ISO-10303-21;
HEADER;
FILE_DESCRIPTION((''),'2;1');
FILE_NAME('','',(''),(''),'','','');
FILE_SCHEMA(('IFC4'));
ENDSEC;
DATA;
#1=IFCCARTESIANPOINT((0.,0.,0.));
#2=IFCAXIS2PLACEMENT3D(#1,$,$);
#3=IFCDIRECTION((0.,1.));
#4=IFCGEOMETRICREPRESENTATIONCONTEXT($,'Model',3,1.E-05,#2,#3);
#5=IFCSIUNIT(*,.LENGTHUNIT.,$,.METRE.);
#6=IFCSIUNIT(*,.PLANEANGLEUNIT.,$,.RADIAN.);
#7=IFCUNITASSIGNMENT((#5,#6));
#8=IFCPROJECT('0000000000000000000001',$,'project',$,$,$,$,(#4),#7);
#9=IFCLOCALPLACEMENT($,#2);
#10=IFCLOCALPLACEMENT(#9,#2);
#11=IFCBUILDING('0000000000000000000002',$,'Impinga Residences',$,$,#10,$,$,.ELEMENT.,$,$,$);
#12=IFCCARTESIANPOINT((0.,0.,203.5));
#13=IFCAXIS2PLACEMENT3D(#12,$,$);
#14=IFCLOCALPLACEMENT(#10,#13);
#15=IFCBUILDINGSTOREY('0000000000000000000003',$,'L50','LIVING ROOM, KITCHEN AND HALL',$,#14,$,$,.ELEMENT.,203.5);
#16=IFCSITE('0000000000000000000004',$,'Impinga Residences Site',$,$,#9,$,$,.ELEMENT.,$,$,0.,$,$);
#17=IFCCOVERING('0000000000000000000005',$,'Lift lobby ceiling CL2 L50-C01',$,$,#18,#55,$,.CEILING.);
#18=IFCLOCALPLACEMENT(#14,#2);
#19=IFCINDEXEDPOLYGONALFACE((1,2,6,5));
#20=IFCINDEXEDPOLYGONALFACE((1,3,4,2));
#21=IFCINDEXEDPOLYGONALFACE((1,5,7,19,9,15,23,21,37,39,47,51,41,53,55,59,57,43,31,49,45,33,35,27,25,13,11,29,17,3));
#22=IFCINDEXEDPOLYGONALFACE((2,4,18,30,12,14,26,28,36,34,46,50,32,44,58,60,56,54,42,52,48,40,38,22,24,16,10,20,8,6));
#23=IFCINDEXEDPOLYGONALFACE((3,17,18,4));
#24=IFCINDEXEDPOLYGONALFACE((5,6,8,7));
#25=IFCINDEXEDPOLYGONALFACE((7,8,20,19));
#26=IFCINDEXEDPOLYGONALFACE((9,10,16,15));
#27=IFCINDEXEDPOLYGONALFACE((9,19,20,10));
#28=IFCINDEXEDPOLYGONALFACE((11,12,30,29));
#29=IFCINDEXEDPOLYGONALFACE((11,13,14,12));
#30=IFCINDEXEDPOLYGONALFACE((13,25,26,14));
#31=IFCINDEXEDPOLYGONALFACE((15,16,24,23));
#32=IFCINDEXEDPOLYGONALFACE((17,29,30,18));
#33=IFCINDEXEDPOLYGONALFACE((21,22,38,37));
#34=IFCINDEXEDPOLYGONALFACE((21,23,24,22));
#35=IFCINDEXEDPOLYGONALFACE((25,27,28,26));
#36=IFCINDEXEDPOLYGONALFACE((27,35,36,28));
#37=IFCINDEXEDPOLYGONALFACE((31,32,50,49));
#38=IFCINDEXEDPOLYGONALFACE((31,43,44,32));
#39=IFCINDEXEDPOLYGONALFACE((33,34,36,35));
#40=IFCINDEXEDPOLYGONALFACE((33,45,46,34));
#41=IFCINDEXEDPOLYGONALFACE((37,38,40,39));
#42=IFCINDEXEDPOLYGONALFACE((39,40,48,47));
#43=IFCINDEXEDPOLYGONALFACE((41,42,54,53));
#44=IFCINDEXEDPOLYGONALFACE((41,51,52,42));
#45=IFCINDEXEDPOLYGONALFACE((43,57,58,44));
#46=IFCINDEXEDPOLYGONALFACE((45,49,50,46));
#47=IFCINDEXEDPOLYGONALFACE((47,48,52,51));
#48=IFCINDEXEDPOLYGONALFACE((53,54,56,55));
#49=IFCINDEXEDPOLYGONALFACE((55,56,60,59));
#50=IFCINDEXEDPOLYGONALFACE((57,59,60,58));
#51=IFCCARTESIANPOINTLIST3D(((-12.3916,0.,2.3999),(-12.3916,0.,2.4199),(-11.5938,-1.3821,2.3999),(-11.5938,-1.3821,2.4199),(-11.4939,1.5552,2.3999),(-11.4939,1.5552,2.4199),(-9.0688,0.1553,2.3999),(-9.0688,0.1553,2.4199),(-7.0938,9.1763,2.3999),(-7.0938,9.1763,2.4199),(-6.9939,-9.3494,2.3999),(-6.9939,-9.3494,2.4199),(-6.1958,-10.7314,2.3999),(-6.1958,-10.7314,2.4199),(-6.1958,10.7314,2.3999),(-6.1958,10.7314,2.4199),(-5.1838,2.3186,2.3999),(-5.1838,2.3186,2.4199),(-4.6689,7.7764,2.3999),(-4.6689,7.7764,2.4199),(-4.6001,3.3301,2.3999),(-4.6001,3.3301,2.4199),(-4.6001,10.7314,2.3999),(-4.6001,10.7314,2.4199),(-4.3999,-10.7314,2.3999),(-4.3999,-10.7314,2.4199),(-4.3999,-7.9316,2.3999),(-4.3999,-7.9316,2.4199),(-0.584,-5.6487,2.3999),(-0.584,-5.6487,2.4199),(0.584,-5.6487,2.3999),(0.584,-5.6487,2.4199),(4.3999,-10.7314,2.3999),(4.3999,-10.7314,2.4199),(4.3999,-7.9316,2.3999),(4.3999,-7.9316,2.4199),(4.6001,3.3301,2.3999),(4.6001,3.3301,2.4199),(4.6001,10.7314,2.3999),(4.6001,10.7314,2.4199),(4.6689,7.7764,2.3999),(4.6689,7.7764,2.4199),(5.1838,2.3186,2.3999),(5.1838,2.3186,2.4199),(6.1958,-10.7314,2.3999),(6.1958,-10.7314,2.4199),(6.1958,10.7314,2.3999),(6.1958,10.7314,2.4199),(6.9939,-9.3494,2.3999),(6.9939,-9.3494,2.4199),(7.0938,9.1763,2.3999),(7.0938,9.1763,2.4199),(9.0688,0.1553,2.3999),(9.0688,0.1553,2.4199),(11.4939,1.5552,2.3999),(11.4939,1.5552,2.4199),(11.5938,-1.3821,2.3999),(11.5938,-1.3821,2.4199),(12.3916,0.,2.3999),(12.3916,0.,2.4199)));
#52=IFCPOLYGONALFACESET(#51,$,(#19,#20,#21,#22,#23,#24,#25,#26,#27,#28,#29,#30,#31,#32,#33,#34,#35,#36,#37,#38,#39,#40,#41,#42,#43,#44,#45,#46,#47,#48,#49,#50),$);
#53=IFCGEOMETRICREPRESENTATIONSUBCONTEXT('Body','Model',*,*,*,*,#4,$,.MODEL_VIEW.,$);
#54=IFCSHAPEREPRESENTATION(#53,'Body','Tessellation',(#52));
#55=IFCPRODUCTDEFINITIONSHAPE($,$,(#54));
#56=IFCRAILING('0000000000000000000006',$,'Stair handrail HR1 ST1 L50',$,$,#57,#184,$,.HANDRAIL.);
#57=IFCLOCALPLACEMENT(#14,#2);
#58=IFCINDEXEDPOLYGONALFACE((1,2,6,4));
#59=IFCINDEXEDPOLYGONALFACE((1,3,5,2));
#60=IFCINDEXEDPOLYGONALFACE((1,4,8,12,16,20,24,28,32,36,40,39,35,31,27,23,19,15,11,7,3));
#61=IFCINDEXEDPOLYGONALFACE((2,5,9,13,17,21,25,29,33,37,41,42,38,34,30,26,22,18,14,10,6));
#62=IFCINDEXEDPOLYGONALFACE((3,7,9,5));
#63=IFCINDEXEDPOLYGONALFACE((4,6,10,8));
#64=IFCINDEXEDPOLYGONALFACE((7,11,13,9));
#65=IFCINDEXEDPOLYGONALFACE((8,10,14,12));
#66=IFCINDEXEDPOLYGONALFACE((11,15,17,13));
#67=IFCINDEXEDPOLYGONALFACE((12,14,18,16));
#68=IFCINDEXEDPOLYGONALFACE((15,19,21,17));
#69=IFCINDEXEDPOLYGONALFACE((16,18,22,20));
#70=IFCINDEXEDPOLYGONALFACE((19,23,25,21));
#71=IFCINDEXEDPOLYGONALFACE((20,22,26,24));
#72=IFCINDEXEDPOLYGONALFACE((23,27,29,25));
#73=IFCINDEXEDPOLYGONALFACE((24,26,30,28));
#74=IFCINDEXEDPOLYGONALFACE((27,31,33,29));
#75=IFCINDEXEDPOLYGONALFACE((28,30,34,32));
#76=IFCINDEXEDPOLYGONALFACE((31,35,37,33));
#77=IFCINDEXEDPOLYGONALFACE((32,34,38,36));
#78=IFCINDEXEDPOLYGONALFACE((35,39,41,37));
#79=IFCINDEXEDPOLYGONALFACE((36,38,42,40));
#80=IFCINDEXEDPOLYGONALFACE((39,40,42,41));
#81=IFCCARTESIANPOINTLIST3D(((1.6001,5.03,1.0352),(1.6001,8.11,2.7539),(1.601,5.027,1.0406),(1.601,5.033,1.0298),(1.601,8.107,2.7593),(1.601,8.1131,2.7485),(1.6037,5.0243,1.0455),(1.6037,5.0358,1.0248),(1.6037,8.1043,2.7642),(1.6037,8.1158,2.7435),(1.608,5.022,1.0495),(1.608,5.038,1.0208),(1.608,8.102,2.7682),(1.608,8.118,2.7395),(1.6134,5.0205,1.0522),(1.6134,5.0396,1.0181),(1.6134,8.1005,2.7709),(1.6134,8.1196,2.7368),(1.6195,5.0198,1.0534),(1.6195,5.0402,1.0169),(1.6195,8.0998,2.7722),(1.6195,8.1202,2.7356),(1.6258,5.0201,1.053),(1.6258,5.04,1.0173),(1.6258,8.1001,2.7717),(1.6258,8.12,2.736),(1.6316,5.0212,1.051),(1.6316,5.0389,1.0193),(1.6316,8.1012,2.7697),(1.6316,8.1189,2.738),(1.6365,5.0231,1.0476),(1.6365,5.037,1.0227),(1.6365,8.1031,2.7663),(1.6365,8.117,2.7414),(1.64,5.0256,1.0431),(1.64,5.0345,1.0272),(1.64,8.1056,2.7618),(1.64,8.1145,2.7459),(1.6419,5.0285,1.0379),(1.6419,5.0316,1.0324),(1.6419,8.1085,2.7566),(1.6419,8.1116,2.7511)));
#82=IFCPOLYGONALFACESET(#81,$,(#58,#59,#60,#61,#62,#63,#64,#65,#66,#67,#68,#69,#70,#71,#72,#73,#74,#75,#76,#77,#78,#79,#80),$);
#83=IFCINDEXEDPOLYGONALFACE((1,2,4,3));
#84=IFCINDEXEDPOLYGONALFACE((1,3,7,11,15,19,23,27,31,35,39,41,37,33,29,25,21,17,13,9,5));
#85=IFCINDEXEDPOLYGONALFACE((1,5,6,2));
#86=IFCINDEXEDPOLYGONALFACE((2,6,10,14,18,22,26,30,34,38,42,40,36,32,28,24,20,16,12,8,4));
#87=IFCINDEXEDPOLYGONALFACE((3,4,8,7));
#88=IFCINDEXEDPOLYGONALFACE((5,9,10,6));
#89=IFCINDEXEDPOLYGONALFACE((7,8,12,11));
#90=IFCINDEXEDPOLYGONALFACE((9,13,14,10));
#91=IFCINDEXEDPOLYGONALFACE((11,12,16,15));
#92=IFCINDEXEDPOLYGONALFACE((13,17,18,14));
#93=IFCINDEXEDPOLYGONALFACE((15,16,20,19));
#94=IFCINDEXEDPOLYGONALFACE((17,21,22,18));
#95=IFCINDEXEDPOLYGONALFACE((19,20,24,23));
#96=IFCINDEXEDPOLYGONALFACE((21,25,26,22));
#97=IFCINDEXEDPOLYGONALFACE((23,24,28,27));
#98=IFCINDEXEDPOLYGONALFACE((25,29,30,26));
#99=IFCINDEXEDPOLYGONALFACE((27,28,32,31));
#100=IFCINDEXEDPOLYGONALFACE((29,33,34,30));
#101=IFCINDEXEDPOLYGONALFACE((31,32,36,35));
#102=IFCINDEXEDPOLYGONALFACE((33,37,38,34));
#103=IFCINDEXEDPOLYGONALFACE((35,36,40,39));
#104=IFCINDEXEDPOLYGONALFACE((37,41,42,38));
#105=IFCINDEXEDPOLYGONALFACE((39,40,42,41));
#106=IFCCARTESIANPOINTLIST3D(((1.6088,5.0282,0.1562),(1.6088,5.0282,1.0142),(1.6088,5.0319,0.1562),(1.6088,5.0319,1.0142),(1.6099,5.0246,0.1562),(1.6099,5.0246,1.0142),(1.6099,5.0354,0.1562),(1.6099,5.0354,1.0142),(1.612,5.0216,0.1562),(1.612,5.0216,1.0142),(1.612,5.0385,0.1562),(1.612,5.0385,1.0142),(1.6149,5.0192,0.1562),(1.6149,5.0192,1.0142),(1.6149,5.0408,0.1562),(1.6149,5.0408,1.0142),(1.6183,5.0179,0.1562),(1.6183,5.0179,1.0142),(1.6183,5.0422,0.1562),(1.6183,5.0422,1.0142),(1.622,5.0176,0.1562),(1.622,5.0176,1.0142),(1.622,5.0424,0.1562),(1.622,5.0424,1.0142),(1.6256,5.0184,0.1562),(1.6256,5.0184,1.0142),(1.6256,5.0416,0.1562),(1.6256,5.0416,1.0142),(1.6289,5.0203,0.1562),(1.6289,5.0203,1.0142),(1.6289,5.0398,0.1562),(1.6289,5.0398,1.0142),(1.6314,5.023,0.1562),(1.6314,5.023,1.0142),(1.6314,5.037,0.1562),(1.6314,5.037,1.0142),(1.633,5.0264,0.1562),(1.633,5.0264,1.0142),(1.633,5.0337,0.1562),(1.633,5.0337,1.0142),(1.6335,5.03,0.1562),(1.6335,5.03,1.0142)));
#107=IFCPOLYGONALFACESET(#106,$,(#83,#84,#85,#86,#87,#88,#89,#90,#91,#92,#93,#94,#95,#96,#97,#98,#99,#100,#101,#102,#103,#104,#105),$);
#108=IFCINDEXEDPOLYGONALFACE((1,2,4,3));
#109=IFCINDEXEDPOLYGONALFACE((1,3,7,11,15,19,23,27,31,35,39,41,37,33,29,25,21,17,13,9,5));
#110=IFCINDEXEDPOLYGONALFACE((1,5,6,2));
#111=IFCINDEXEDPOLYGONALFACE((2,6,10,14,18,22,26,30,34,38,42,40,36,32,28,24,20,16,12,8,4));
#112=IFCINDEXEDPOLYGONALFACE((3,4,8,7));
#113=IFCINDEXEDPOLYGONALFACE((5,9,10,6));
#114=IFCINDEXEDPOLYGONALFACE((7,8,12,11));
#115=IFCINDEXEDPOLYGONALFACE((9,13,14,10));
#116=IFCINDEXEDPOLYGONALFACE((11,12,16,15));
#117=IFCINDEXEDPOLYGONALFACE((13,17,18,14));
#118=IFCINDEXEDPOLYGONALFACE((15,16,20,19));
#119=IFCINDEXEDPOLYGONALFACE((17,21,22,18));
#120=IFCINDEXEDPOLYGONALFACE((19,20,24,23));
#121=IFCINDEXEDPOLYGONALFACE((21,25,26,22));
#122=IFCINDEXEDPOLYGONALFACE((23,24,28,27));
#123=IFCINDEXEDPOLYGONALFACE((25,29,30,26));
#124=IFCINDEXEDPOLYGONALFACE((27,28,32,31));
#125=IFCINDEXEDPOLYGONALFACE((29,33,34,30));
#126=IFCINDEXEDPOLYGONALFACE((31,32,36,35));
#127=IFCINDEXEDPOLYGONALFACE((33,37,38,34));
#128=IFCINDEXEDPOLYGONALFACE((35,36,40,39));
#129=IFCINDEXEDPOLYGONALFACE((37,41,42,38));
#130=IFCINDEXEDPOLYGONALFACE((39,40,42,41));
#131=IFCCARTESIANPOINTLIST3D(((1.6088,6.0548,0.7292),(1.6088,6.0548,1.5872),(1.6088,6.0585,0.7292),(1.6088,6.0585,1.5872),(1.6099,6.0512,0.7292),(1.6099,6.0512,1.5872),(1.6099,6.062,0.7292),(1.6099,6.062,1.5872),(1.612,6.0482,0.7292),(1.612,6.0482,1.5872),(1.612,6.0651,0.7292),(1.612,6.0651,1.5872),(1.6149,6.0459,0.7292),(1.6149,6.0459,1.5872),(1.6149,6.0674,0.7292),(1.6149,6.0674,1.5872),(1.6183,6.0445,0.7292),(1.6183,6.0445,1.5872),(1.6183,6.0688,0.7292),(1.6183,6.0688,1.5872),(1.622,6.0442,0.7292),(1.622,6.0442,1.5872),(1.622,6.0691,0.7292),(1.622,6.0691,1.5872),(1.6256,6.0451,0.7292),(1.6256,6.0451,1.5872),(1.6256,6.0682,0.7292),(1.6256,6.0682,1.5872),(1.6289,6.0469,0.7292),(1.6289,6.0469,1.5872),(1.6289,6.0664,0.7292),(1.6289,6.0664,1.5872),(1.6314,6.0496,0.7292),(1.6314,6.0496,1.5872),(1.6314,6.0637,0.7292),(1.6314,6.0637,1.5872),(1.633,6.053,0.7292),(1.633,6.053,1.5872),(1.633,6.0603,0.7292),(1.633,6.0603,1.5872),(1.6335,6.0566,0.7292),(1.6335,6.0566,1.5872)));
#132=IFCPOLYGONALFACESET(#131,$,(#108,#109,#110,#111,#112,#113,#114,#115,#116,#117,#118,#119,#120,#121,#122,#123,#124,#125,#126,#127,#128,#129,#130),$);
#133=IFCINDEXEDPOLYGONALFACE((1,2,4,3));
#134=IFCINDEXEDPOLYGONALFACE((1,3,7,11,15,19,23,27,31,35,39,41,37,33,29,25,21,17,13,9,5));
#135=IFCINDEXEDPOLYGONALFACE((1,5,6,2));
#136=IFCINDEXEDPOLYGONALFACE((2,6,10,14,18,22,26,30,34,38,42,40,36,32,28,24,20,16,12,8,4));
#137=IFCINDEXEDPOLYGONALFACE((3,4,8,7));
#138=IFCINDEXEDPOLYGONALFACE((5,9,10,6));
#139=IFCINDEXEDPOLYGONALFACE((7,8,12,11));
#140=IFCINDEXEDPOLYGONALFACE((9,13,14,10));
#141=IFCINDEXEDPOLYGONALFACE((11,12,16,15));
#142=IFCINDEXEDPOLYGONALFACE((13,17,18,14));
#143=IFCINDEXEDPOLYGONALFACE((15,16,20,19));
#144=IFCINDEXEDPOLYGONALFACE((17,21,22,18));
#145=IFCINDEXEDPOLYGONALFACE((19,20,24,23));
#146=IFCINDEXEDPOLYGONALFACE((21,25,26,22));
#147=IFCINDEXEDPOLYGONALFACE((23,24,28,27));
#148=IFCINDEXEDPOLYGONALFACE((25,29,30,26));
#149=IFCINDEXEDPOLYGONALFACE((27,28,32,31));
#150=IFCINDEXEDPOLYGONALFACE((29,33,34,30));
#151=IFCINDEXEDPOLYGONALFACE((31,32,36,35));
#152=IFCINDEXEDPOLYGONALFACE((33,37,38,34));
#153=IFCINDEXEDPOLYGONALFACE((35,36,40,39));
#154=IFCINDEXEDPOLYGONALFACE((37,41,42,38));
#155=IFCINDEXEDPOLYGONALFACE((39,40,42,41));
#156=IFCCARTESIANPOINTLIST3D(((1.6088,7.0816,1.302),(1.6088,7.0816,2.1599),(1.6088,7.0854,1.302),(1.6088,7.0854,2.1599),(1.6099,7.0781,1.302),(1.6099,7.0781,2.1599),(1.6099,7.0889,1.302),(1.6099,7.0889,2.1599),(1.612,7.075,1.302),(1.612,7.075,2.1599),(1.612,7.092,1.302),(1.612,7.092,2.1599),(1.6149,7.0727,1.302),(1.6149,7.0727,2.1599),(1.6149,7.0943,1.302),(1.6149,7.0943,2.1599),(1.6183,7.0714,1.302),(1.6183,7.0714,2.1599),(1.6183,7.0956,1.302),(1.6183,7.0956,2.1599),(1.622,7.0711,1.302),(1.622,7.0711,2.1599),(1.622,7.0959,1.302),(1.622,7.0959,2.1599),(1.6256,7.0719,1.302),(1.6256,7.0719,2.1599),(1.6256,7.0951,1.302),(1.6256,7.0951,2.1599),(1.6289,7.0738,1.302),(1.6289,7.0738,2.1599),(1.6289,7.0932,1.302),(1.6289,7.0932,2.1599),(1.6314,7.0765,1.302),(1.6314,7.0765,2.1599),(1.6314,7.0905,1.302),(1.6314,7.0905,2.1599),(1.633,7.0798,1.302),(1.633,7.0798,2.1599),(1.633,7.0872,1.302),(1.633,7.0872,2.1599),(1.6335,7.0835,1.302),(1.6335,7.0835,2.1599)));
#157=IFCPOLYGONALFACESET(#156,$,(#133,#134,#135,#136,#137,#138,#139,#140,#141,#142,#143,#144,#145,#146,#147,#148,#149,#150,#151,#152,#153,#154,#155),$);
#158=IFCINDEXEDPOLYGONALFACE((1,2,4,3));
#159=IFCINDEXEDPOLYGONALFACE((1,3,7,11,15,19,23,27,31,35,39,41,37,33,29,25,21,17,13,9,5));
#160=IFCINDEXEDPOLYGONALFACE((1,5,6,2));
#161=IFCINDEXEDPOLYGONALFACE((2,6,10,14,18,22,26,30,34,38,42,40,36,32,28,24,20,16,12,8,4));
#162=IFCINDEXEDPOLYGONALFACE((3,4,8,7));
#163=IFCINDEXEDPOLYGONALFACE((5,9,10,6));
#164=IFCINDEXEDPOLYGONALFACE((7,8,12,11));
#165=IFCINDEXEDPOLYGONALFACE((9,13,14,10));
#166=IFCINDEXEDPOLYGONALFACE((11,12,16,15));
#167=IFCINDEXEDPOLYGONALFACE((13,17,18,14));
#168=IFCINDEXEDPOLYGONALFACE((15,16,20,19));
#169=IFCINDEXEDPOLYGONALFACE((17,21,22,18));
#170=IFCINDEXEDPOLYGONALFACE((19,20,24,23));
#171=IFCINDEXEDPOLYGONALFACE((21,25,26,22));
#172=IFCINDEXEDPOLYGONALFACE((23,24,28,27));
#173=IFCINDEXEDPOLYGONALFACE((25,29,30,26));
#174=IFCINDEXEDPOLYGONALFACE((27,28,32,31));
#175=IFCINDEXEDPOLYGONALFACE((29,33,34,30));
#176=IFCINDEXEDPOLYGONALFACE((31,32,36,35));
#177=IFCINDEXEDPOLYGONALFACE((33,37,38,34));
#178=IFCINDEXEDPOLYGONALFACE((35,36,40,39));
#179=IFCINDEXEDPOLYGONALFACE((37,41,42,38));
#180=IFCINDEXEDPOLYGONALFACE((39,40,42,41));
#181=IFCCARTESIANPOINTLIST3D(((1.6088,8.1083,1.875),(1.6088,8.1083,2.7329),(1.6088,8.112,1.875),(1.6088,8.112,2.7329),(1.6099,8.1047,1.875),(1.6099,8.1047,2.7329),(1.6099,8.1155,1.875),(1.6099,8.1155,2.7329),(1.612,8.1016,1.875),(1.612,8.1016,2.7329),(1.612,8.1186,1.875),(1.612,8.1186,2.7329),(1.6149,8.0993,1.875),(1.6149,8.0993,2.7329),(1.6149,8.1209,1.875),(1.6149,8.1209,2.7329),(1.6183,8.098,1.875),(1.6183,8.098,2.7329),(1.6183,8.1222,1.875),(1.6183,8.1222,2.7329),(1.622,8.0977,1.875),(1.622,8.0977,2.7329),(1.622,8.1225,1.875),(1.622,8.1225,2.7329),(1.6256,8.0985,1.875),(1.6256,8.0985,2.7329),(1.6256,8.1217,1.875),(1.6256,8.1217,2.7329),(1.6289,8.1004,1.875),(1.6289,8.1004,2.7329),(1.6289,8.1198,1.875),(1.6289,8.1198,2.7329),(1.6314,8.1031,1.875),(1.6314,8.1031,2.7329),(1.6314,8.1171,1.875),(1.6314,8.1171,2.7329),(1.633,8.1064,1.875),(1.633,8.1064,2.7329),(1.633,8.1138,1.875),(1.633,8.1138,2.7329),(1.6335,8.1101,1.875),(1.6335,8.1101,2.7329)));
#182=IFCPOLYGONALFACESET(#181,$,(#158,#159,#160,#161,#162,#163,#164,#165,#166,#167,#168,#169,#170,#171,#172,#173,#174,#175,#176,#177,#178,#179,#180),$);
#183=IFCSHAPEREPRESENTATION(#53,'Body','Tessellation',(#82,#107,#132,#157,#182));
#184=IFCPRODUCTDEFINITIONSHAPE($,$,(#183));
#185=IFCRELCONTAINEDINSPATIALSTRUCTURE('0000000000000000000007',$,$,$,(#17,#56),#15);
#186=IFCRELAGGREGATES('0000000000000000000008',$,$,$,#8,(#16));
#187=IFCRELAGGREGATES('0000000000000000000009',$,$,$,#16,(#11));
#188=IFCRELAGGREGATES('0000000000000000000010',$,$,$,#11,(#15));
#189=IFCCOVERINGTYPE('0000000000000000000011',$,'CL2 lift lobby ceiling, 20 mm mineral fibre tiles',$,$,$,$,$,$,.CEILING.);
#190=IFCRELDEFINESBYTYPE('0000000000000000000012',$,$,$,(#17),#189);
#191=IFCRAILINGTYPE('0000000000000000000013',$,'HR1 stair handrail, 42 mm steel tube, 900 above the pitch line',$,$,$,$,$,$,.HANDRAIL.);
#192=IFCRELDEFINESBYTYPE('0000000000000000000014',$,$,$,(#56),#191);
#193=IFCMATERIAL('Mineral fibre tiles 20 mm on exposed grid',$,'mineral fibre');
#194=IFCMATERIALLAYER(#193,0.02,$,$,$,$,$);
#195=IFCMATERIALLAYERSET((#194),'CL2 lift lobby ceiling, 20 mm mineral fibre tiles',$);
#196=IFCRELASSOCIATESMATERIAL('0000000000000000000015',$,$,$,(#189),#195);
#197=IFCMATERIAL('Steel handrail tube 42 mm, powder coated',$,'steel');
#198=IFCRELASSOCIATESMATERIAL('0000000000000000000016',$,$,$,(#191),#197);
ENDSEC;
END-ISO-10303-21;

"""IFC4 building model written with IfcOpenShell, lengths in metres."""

from ifc_helpers import new_model, si_unit, direction, frame, origin, origin_2d, place, context, subcontext, project, spatial, polyline, circle, outline, extrude, material, layer, layer_set, type_object, element, save


model = new_model("IFC4")

# Units and contexts
model_context = context("Model", 3, precision=1e-05, world=origin(), true_north=direction((0.0, 1.0)))
body_context = subcontext(model_context, "Body", "Model", "MODEL_VIEW")
ifc_project = project(units=[si_unit("LENGTHUNIT", "METRE"), si_unit("PLANEANGLEUNIT", "RADIAN")], contexts=[model_context])

# Site, building, storey
site_placement = place(None, origin())
site = spatial("IfcSite", under=ifc_project, at=site_placement, Name="Impinga Residences Site", CompositionType="ELEMENT", RefElevation=0.0)
building_placement = place(site_placement, origin())
building = spatial("IfcBuilding", under=site, at=building_placement, Name="Impinga Residences", CompositionType="ELEMENT")
storey_placement = place(building_placement, frame((0.0, 0.0, 203.5)))
storey = spatial("IfcBuildingStorey", under=building, at=storey_placement, Name="L50", Description="LIVING ROOM, KITCHEN AND HALL", CompositionType="ELEMENT", Elevation=203.5)

# Covering
ifc_material_1 = material(Name="Mineral fibre tiles 20 mm on exposed grid", Category="mineral fibre")
ifc_layer_1 = layer(ifc_material_1, 0.02)
ifc_layer_set_1 = layer_set([ifc_layer_1], Name="CL2 lift lobby ceiling, 20 mm mineral fibre tiles")
covering_type_1 = type_object("IfcCoveringType", Name="CL2 lift lobby ceiling, 20 mm mineral fibre tiles", PredefinedType="CEILING", material=ifc_layer_set_1)
covering_1_placement = place(storey_placement, frame((0.0, 0.0, 2.3999)))
element("IfcCovering", 1, at=covering_1_placement, inside=storey, type_object=covering_type_1, Name="Lift lobby ceiling CL2 L50-C01", PredefinedType="CEILING", context=body_context, shape_type="SweptSolid", body=[
    extrude(outline(polyline([(12.3916, 0.0), (11.5938, -1.3821), (5.1838, 2.3186), (0.584, -5.6487), (6.9939, -9.3494), (6.1958, -10.7314), (4.3999, -10.7314), (4.3999, -7.9316), (-4.3999, -7.9316), (-4.3999, -10.7314), (-6.1958, -10.7314), (-6.9939, -9.3494), (-0.584, -5.6487), (-5.1838, 2.3186), (-11.5938, -1.3821), (-12.3916, 0.0), (-11.4939, 1.5552), (-9.0688, 0.1553), (-4.6689, 7.7764), (-7.0938, 9.1763), (-6.1958, 10.7314), (-4.6001, 10.7314), (-4.6001, 3.3301), (4.6001, 3.3301), (4.6001, 10.7314), (6.1958, 10.7314), (7.0938, 9.1763), (4.6689, 7.7764), (9.0688, 0.1553), (11.4939, 1.5552), (12.3916, 0.0)])), origin(), (0.0, 0.0, 1.0), 0.02),
])

# Railing
ifc_material_2 = material(Name="Steel handrail tube 42 mm, powder coated", Category="steel")
railing_type = type_object("IfcRailingType", Name="HR1 stair handrail, 42 mm steel tube, 900 above the pitch line", PredefinedType="HANDRAIL", material=ifc_material_2)
railing_1_placement = place(storey_placement, frame((1.6211, 5.03, 0.1562)))
element("IfcRailing", 2, at=railing_1_placement, inside=storey, type_object=railing_type, Name="Stair handrail HR1 ST1 L50", PredefinedType="HANDRAIL", context=body_context, shape_type="SweptSolid", body=[
    extrude(circle(Radius=0.021, at=origin_2d()), frame((0.0, 0.0, 0.8789), z_axis=(0.0, 0.873242, 0.487288), x_axis=(-1.0, 0.0, 0.0)), (0.0, 0.0, 1.0), 3.5271),
    extrude(circle(Radius=0.0125, at=origin_2d()), origin(), (0.0, 0.0, 1.0), 0.8579),
    extrude(circle(Radius=0.0125, at=origin_2d()), frame((0.0, 1.0266, 0.573)), (0.0, 0.0, 1.0), 0.8579),
    extrude(circle(Radius=0.0125, at=origin_2d()), frame((0.0, 2.0535, 1.1458)), (0.0, 0.0, 1.0), 0.8579),
    extrude(circle(Radius=0.0125, at=origin_2d()), frame((0.0, 3.0801, 1.7188)), (0.0, 0.0, 1.0), 0.8579),
])

save(model, "model.ifc")
